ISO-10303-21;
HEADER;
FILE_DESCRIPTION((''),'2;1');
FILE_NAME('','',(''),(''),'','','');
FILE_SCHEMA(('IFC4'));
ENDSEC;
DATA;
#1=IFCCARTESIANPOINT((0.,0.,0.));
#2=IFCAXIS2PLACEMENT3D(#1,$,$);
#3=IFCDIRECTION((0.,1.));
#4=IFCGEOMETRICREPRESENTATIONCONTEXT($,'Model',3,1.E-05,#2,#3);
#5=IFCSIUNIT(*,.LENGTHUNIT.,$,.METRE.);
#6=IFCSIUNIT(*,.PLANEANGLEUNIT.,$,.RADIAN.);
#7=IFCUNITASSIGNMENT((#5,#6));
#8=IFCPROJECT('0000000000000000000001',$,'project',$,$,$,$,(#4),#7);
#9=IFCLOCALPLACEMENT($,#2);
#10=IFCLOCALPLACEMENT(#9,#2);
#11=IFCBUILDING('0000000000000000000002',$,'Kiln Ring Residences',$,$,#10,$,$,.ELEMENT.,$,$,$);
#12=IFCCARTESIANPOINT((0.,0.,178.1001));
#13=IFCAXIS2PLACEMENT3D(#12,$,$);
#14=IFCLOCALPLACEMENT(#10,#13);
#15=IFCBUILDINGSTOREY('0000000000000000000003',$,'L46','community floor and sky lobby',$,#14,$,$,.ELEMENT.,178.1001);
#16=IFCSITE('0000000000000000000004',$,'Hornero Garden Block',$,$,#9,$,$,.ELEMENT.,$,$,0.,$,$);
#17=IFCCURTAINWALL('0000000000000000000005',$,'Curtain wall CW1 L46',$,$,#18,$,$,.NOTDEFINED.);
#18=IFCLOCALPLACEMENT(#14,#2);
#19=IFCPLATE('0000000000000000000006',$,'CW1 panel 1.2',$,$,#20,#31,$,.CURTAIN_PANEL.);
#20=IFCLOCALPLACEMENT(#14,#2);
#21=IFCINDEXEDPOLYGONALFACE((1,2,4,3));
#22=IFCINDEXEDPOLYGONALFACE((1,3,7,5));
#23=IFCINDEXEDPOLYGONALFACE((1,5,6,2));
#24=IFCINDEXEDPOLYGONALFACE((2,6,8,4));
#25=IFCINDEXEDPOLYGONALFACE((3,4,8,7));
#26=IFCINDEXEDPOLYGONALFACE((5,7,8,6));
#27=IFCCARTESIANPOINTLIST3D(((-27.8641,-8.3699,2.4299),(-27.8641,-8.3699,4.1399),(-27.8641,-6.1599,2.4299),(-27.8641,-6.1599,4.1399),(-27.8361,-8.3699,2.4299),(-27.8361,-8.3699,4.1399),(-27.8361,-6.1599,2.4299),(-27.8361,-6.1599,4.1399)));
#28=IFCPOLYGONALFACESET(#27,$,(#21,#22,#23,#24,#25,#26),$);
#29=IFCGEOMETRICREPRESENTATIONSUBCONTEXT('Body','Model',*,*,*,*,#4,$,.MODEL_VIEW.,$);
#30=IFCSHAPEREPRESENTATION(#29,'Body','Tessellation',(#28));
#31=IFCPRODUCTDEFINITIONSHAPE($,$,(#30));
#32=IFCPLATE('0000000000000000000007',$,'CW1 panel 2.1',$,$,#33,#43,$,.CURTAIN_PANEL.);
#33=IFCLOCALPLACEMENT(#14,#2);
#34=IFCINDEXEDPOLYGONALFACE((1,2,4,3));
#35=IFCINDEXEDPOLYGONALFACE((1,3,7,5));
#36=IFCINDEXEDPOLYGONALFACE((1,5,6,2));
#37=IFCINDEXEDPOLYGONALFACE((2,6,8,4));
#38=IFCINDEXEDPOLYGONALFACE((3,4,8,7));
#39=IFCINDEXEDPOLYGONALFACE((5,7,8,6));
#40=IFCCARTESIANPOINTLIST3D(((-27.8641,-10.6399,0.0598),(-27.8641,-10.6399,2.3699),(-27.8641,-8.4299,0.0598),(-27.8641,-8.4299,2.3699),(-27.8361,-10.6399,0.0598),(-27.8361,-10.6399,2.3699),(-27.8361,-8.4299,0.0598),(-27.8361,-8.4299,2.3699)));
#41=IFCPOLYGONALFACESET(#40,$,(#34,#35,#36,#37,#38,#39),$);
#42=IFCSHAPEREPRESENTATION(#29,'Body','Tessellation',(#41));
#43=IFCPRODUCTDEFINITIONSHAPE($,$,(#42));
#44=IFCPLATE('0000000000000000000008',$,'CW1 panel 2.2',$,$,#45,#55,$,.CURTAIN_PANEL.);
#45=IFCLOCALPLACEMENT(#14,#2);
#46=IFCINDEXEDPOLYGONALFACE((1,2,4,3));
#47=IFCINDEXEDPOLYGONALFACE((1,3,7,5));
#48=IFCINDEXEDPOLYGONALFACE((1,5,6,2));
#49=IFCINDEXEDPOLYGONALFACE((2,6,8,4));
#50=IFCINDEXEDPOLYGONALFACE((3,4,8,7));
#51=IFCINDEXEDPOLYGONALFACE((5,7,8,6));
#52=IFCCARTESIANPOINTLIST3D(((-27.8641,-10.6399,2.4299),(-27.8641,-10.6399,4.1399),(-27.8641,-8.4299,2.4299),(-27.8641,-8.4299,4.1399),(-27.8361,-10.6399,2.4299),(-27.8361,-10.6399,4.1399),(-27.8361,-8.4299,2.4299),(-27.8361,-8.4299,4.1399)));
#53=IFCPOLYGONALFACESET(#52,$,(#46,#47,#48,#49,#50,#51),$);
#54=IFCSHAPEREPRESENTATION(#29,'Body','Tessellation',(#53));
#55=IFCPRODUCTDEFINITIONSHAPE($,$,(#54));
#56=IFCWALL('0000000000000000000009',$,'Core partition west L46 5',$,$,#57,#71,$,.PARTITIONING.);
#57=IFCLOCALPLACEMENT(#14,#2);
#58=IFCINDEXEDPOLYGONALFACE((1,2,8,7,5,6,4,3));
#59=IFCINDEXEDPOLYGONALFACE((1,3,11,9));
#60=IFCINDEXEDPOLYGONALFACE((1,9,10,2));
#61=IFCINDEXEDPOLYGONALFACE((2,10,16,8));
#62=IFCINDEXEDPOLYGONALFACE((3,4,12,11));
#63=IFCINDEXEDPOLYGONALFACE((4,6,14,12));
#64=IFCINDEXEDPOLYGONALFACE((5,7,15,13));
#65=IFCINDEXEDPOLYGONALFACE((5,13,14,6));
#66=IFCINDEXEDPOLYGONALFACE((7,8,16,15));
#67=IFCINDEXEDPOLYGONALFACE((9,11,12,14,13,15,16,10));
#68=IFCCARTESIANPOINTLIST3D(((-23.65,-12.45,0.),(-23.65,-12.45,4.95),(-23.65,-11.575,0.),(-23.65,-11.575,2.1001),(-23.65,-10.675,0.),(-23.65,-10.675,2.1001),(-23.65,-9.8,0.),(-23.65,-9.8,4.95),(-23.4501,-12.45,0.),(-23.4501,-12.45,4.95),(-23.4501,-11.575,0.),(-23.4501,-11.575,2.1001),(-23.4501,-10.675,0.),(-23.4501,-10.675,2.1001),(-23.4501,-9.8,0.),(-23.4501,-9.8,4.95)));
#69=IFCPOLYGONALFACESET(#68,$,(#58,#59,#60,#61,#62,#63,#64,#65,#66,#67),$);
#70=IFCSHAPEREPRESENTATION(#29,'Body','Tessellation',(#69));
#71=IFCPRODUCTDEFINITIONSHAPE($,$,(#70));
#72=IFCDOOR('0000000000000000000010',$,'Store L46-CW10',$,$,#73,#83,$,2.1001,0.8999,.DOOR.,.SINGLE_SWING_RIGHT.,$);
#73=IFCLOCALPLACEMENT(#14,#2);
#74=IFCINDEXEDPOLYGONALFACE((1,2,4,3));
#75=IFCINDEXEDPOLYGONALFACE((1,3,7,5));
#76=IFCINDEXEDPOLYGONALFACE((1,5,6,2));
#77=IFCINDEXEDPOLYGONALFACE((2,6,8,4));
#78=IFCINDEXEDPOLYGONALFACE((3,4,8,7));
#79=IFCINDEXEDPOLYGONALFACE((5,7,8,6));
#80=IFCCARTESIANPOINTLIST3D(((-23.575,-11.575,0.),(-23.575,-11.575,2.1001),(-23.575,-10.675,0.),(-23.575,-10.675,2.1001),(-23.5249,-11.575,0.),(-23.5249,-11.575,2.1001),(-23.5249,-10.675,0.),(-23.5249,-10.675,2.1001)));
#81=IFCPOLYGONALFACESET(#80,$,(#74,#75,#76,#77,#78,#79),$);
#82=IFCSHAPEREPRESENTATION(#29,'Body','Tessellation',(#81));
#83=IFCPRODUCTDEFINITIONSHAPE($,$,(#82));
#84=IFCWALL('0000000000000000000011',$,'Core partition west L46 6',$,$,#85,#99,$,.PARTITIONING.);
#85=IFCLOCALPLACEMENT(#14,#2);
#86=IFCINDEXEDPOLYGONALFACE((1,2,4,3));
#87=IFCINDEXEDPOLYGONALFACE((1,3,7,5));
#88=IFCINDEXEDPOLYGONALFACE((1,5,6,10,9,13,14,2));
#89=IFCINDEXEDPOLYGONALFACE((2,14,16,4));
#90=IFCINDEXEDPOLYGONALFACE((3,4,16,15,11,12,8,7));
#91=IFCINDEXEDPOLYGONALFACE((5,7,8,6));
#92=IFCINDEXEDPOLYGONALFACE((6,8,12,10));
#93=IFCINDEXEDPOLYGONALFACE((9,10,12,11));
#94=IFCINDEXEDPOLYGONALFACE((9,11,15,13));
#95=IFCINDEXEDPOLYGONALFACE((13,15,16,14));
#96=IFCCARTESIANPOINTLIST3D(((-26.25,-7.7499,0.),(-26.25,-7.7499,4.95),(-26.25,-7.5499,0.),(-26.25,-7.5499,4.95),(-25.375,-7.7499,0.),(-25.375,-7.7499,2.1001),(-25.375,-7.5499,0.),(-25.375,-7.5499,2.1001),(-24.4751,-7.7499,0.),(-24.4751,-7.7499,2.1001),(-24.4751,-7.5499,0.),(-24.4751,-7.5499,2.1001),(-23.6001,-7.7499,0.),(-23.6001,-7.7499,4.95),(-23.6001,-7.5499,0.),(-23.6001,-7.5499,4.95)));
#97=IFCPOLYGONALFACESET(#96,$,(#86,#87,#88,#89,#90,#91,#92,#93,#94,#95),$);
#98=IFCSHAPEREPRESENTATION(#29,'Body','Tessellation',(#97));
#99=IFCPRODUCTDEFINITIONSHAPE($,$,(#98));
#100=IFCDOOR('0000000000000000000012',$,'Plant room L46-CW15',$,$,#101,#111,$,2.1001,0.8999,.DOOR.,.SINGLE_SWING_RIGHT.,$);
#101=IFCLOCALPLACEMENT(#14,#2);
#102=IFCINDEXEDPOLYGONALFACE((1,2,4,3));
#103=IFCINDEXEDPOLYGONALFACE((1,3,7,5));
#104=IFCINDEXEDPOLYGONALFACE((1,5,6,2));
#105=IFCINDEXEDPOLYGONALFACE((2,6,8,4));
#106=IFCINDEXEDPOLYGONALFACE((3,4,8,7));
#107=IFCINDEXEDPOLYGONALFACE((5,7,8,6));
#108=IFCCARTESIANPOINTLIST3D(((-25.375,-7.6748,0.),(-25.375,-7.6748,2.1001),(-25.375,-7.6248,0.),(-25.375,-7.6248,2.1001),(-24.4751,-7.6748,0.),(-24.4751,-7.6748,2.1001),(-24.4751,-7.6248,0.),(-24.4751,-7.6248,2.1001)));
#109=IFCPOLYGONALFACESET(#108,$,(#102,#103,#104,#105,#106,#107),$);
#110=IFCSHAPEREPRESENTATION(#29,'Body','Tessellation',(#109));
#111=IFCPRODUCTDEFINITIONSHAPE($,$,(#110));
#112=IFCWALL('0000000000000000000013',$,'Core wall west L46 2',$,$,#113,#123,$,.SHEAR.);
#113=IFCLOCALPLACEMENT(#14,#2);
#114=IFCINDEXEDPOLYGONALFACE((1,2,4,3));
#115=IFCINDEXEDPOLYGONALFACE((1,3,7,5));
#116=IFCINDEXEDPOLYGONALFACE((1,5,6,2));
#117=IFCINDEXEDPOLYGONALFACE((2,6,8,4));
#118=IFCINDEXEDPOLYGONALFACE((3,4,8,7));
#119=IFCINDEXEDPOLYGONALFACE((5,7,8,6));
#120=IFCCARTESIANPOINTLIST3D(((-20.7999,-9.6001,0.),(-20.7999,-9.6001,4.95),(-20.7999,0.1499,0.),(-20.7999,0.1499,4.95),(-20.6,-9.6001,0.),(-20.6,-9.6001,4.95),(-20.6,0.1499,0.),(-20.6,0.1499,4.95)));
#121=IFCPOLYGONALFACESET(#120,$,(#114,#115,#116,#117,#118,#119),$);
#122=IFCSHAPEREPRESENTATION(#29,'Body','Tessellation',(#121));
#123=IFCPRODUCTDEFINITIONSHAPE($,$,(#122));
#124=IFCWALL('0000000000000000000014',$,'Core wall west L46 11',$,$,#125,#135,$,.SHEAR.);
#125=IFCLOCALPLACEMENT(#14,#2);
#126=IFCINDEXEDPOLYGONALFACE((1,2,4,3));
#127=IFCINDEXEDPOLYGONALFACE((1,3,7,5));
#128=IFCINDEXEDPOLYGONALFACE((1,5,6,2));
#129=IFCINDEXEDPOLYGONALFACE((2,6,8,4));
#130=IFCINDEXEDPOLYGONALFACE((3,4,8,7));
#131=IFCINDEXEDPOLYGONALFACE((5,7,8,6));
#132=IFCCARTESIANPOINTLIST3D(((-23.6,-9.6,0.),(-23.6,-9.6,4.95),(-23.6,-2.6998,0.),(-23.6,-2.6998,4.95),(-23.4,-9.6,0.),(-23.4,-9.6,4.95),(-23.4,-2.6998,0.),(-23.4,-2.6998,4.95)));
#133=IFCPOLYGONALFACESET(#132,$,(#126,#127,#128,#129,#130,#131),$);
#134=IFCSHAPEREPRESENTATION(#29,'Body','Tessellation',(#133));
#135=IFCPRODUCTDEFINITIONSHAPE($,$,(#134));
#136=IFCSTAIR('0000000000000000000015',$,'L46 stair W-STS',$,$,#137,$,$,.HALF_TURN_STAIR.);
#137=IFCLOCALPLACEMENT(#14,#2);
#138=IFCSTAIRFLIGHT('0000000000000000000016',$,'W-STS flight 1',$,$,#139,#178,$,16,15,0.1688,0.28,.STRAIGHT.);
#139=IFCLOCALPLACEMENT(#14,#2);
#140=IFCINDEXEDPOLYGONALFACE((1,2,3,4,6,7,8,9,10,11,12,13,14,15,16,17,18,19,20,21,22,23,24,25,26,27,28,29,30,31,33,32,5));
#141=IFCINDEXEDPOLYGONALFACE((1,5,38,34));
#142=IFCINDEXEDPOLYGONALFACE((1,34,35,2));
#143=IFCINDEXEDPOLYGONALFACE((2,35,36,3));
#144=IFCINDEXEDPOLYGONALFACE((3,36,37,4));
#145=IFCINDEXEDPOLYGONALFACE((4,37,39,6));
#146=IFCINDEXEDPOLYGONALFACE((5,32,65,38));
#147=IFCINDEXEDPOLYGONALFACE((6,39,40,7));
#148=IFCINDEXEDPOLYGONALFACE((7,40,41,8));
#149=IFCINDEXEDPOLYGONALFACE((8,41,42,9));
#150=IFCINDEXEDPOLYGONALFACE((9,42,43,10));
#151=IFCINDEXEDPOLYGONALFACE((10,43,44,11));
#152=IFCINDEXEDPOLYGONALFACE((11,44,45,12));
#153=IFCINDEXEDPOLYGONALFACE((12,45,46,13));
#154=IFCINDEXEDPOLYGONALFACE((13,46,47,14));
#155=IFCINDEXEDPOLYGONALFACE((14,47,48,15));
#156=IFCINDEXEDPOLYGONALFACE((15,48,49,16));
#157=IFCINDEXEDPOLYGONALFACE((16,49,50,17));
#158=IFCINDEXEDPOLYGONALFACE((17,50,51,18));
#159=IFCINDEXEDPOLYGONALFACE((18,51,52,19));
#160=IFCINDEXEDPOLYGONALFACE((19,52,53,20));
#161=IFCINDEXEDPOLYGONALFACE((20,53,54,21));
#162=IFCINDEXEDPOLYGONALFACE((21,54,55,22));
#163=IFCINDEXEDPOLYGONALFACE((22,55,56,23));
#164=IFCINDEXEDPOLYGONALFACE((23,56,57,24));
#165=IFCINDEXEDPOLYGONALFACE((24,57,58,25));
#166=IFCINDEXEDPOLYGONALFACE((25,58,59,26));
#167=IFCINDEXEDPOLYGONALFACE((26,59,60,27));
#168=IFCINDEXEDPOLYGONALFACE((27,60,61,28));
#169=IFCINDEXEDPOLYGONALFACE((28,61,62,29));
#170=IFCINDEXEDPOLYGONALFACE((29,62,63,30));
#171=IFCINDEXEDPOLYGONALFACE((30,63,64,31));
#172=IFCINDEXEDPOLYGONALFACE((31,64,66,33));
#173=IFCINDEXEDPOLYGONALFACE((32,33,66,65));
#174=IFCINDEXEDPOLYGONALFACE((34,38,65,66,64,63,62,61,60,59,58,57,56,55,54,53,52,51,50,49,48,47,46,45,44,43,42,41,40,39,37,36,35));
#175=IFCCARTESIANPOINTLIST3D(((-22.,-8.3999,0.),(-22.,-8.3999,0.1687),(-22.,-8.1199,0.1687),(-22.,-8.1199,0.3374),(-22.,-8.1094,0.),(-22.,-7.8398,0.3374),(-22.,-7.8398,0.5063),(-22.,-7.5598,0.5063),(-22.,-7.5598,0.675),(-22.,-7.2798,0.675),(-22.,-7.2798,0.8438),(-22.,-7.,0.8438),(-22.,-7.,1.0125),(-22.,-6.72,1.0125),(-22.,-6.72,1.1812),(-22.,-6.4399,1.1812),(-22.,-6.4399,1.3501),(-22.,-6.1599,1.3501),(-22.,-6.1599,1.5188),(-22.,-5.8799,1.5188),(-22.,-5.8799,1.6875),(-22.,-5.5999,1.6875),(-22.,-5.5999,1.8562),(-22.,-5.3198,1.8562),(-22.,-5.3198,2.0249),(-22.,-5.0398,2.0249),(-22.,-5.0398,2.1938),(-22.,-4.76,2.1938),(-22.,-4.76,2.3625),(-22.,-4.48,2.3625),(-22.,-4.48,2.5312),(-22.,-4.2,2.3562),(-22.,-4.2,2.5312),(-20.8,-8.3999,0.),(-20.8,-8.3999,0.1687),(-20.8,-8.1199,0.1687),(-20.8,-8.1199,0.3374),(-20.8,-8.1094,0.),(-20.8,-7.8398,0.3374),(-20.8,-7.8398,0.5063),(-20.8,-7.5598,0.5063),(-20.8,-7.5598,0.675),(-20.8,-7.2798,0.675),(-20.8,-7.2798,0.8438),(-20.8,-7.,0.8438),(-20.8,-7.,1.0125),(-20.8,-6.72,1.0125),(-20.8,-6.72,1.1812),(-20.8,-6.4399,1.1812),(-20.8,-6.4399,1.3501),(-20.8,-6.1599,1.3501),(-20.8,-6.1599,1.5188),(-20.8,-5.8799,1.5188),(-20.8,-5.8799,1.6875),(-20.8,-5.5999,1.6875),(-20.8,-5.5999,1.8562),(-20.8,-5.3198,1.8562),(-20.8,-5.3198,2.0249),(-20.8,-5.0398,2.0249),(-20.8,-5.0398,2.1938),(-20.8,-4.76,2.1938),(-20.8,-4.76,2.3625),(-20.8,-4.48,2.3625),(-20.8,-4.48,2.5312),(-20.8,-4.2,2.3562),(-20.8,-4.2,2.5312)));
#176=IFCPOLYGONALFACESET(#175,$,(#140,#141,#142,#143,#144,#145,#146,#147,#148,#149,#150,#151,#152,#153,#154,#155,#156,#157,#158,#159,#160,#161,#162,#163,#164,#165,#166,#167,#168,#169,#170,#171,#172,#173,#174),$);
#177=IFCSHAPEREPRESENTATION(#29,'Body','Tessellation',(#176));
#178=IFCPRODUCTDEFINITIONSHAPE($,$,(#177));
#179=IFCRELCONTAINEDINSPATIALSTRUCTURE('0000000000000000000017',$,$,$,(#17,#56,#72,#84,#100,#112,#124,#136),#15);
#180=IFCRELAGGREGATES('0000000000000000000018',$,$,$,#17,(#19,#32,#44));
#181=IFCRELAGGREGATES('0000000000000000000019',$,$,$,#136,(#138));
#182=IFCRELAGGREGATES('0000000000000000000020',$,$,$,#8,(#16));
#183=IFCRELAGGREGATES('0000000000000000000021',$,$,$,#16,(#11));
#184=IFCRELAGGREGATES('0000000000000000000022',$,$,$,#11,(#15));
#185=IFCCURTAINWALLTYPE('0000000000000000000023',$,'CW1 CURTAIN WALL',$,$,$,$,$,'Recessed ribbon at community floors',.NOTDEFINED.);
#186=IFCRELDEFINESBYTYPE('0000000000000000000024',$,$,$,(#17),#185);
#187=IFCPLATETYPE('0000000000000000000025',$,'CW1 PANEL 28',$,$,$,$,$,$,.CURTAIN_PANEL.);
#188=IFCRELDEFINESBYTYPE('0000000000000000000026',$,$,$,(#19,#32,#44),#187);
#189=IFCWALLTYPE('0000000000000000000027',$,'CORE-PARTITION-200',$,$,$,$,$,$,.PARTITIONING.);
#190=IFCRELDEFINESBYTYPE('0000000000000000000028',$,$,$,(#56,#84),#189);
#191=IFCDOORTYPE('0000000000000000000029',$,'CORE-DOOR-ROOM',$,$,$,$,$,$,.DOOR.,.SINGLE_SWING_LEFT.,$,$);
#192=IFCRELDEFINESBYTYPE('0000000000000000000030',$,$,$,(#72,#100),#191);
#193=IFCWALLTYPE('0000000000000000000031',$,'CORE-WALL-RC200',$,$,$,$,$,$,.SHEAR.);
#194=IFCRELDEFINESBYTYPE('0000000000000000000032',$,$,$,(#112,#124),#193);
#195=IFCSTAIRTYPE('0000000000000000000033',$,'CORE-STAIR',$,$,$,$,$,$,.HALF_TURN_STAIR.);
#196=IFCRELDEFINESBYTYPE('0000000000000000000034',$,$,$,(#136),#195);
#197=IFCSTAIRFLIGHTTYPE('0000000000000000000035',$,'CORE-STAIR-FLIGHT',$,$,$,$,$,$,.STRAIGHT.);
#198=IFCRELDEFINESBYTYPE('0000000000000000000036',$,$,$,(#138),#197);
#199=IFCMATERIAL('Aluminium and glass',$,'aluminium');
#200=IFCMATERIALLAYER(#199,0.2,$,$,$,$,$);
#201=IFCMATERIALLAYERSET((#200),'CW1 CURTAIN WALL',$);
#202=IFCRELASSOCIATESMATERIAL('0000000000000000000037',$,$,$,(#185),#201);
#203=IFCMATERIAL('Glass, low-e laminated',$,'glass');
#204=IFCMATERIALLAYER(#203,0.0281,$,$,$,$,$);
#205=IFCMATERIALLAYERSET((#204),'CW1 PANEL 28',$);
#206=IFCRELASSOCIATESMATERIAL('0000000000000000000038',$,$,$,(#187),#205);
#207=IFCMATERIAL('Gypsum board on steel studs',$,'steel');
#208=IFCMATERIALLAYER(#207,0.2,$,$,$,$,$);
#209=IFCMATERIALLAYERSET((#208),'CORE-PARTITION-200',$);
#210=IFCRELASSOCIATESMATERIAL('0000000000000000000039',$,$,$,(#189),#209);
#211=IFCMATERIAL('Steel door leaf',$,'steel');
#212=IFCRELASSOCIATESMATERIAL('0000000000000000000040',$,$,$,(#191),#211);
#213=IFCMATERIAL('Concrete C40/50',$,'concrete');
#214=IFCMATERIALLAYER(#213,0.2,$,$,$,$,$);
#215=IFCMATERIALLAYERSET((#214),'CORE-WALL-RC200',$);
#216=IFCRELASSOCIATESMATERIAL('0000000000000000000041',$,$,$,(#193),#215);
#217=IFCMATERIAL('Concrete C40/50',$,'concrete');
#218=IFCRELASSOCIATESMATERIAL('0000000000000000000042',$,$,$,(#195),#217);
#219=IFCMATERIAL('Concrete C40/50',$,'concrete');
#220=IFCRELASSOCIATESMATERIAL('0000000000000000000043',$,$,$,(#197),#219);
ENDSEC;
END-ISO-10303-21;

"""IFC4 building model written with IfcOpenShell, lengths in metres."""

from ifc_helpers import new_model, si_unit, direction, frame, frame_2d, origin, origin_2d, place, context, subcontext, project, spatial, polyline, rectangle, outline, extrude, material, layer, layer_set, type_object, element, fill, aggregate, save


model = new_model("IFC4")

# Units and contexts
model_context = context("Model", 3, precision=1e-05, world=origin(), true_north=direction((0.0, 1.0)))
body_context = subcontext(model_context, "Body", "Model", "MODEL_VIEW")
ifc_project = project(units=[si_unit("LENGTHUNIT", "METRE"), si_unit("PLANEANGLEUNIT", "RADIAN")], contexts=[model_context])

# Site, building, storey
site_placement = place(None, origin())
site = spatial("IfcSite", under=ifc_project, at=site_placement, Name="Hornero Garden Block", CompositionType="ELEMENT", RefElevation=0.0)
building_placement = place(site_placement, origin())
building = spatial("IfcBuilding", under=site, at=building_placement, Name="Kiln Ring Residences", CompositionType="ELEMENT")
storey_placement = place(building_placement, frame((0.0, 0.0, 178.1001)))
storey = spatial("IfcBuildingStorey", under=building, at=storey_placement, Name="L46", Description="community floor and sky lobby", CompositionType="ELEMENT", Elevation=178.1001)

# Curtain wall
ifc_material_1 = material(Name="Aluminium and glass", Category="aluminium")
ifc_layer_1 = layer(ifc_material_1, 0.2)
ifc_layer_set_1 = layer_set([ifc_layer_1], Name="CW1 CURTAIN WALL")
curtain_wall_type = type_object("IfcCurtainWallType", Name="CW1 CURTAIN WALL", ElementType="Recessed ribbon at community floors", PredefinedType="NOTDEFINED", material=ifc_layer_set_1)
placement = place(storey_placement, origin())
curtain_wall_1 = element("IfcCurtainWall", 1, at=placement, inside=storey, type_object=curtain_wall_type, Name="Curtain wall CW1 L46", PredefinedType="NOTDEFINED")

# Plates
ifc_material_2 = material(Name="Glass, low-e laminated", Category="glass")
ifc_layer_2 = layer(ifc_material_2, 0.0281)
ifc_layer_set_2 = layer_set([ifc_layer_2], Name="CW1 PANEL 28")
plate_type = type_object("IfcPlateType", Name="CW1 PANEL 28", PredefinedType="CURTAIN_PANEL", material=ifc_layer_set_2)
plate_1_placement = place(storey_placement, frame((-27.8501, -7.2649, 2.4299), z_axis=(0.0, 0.0, 1.0), x_axis=(0.0, -1.0, 0.0)))
plate_1 = element("IfcPlate", 2, at=plate_1_placement, type_object=plate_type, Name="CW1 panel 1.2", PredefinedType="CURTAIN_PANEL", context=body_context, shape_type="SweptSolid", body=[
    extrude(rectangle(XDim=2.21, YDim=0.0281, at=origin_2d()), origin(), (0.0, 0.0, 1.0), 1.71),
])
plate_2_placement = place(storey_placement, frame((-27.8501, -9.5349, 0.0598), z_axis=(0.0, 0.0, 1.0), x_axis=(0.0, -1.0, 0.0)))
plate_2 = element("IfcPlate", 3, at=plate_2_placement, type_object=plate_type, Name="CW1 panel 2.1", PredefinedType="CURTAIN_PANEL", context=body_context, shape_type="SweptSolid", body=[
    extrude(rectangle(XDim=2.21, YDim=0.0281, at=origin_2d()), origin(), (0.0, 0.0, 1.0), 2.3101),
])
plate_3_placement = place(storey_placement, frame((-27.8501, -9.5349, 2.4299), z_axis=(0.0, 0.0, 1.0), x_axis=(0.0, -1.0, 0.0)))
plate_3 = element("IfcPlate", 4, at=plate_3_placement, type_object=plate_type, Name="CW1 panel 2.2", PredefinedType="CURTAIN_PANEL", context=body_context, shape_type="SweptSolid", body=[
    extrude(rectangle(XDim=2.21, YDim=0.0281, at=origin_2d()), origin(), (0.0, 0.0, 1.0), 1.71),
])
aggregate(curtain_wall_1, [plate_1, plate_2, plate_3])

# Walls, openings, doors
ifc_material_3 = material(Name="Gypsum board on steel studs", Category="steel")
ifc_layer_3 = layer(ifc_material_3, 0.2)
ifc_layer_set_3 = layer_set([ifc_layer_3], Name="CORE-PARTITION-200")
wall_type_1 = type_object("IfcWallType", Name="CORE-PARTITION-200", PredefinedType="PARTITIONING", material=ifc_layer_set_3)
wall_1_placement = place(storey_placement, frame((-23.55, -12.45, 0.0), z_axis=(0.0, 0.0, 1.0), x_axis=(0.0, 1.0, 0.0)))
wall_1 = element("IfcWall", 5, at=wall_1_placement, inside=storey, type_object=wall_type_1, Name="Core partition west L46 5", PredefinedType="PARTITIONING", context=body_context, shape_type="SweptSolid", body=[
    extrude(rectangle(XDim=2.6499, YDim=0.2, at=frame_2d((1.325, 0.0))), origin(), (0.0, 0.0, 1.0), 4.95),
])
opening_1_placement = place(wall_1_placement, frame((0.875, 0.0, 0.0)))
opening_1 = element("IfcOpeningElement", 6, at=opening_1_placement, cuts=wall_1, PredefinedType="OPENING", context=body_context, shape_type="SweptSolid", body=[
    extrude(rectangle(XDim=0.8999, YDim=2.1001, at=frame_2d((0.45, 1.05))), frame((0.0, 0.1099, 0.0), z_axis=(0.0, -1.0, 0.0), x_axis=(1.0, 0.0, 0.0)), (0.0, 0.0, 1.0), 0.22),
])
ifc_material_4 = material(Name="Steel door leaf", Category="steel")
door_type = type_object("IfcDoorType", Name="CORE-DOOR-ROOM", OperationType="SINGLE_SWING_LEFT", PredefinedType="DOOR", material=ifc_material_4)
door_1_placement = place(opening_1_placement, origin())
door_1 = element("IfcDoor", 7, at=door_1_placement, inside=storey, type_object=door_type, Name="Store L46-CW10", OperationType="SINGLE_SWING_RIGHT", OverallHeight=2.1001, OverallWidth=0.8999, PredefinedType="DOOR", context=body_context, shape_type="SweptSolid", body=[
    extrude(rectangle(XDim=0.8999, YDim=2.1001, at=frame_2d((0.45, 1.05))), frame((0.0, 0.0249, 0.0), z_axis=(0.0, -1.0, 0.0), x_axis=(1.0, 0.0, 0.0)), (0.0, 0.0, 1.0), 0.05),
])
fill(opening_1, door_1)
wall_2_placement = place(storey_placement, frame((-23.6001, -7.6499, 0.0), z_axis=(0.0, 0.0, 1.0), x_axis=(-1.0, 0.0, 0.0)))
wall_2 = element("IfcWall", 8, at=wall_2_placement, inside=storey, type_object=wall_type_1, Name="Core partition west L46 6", PredefinedType="PARTITIONING", context=body_context, shape_type="SweptSolid", body=[
    extrude(rectangle(XDim=2.6499, YDim=0.2, at=frame_2d((1.325, 0.0))), origin(), (0.0, 0.0, 1.0), 4.95),
])
opening_2_placement = place(wall_2_placement, frame((0.875, 0.0, 0.0)))
opening_2 = element("IfcOpeningElement", 9, at=opening_2_placement, cuts=wall_2, PredefinedType="OPENING", context=body_context, shape_type="SweptSolid", body=[
    extrude(rectangle(XDim=0.8999, YDim=2.1001, at=frame_2d((0.45, 1.05))), frame((0.0, 0.1099, 0.0), z_axis=(0.0, -1.0, 0.0), x_axis=(1.0, 0.0, 0.0)), (0.0, 0.0, 1.0), 0.22),
])
door_2_placement = place(opening_2_placement, origin())
door_2 = element("IfcDoor", 10, at=door_2_placement, inside=storey, type_object=door_type, Name="Plant room L46-CW15", OperationType="SINGLE_SWING_RIGHT", OverallHeight=2.1001, OverallWidth=0.8999, PredefinedType="DOOR", context=body_context, shape_type="SweptSolid", body=[
    extrude(rectangle(XDim=0.8999, YDim=2.1001, at=frame_2d((0.45, 1.05))), frame((0.0, 0.0249, 0.0), z_axis=(0.0, -1.0, 0.0), x_axis=(1.0, 0.0, 0.0)), (0.0, 0.0, 1.0), 0.05),
])
fill(opening_2, door_2)

# Walls
ifc_material_5 = material(Name="Concrete C40/50", Category="concrete")
ifc_layer_4 = layer(ifc_material_5, 0.2)
ifc_layer_set_4 = layer_set([ifc_layer_4], Name="CORE-WALL-RC200")
wall_type_2 = type_object("IfcWallType", Name="CORE-WALL-RC200", PredefinedType="SHEAR", material=ifc_layer_set_4)
wall_3_placement = place(storey_placement, frame((-20.7, -9.6001, 0.0), z_axis=(0.0, 0.0, 1.0), x_axis=(0.0, 1.0, 0.0)))
element("IfcWall", 11, at=wall_3_placement, inside=storey, type_object=wall_type_2, Name="Core wall west L46 2", PredefinedType="SHEAR", context=body_context, shape_type="SweptSolid", body=[
    extrude(rectangle(XDim=9.75, YDim=0.2, at=frame_2d((4.875, 0.0))), origin(), (0.0, 0.0, 1.0), 4.95),
])
wall_4_placement = place(storey_placement, frame((-23.5, -9.6001, 0.0), z_axis=(0.0, 0.0, 1.0), x_axis=(0.0, 1.0, 0.0)))
element("IfcWall", 12, at=wall_4_placement, inside=storey, type_object=wall_type_2, Name="Core wall west L46 11", PredefinedType="SHEAR", context=body_context, shape_type="SweptSolid", body=[
    extrude(rectangle(XDim=6.9001, YDim=0.2, at=frame_2d((3.4502, 0.0))), origin(), (0.0, 0.0, 1.0), 4.95),
])

# Stair, stair flight
ifc_material_6 = material(Name="Concrete C40/50", Category="concrete")
stair_type = type_object("IfcStairType", Name="CORE-STAIR", PredefinedType="HALF_TURN_STAIR", material=ifc_material_6)
stair = element("IfcStair", 13, at=placement, inside=storey, type_object=stair_type, Name="L46 stair W-STS", PredefinedType="HALF_TURN_STAIR")
ifc_material_7 = material(Name="Concrete C40/50", Category="concrete")
stair_flight_type = type_object("IfcStairFlightType", Name="CORE-STAIR-FLIGHT", PredefinedType="STRAIGHT", material=ifc_material_7)
stair_flight_placement = place(storey_placement, frame((-21.3999, -8.3999, 0.0), z_axis=(0.0, 0.0, 1.0), x_axis=(0.0, 1.0, 0.0)))
stair_flight = element("IfcStairFlight", 14, at=stair_flight_placement, type_object=stair_flight_type, Name="W-STS flight 1", NumberOfRisers=16, NumberOfTreads=15, PredefinedType="STRAIGHT", RiserHeight=0.1688, TreadLength=0.28, context=body_context, shape_type="SweptSolid", body=[
    extrude(outline(polyline([(0.0, 0.0), (0.0, 0.1687), (0.28, 0.1687), (0.28, 0.3374), (0.5601, 0.3374), (0.5601, 0.5063), (0.8401, 0.5063), (0.8401, 0.675), (1.1201, 0.675), (1.1201, 0.8438), (1.3999, 0.8438), (1.3999, 1.0125), (1.6799, 1.0125), (1.6799, 1.1812), (1.96, 1.1812), (1.96, 1.3501), (2.24, 1.3501), (2.24, 1.5188), (2.52, 1.5188), (2.52, 1.6875), (2.8, 1.6875), (2.8, 1.8562), (3.0801, 1.8562), (3.0801, 2.0249), (3.3601, 2.0249), (3.3601, 2.1938), (3.6399, 2.1938), (3.6399, 2.3625), (3.9199, 2.3625), (3.9199, 2.5312), (4.2, 2.5312), (4.2, 2.7), (4.2, 2.3562), (0.2905, 0.0), (0.0, 0.0)])), frame((0.0, 0.6001, 0.0), z_axis=(0.0, -1.0, 0.0), x_axis=(1.0, 0.0, 0.0)), (0.0, 0.0, 1.0), 1.2),
])
aggregate(stair, [stair_flight])

save(model, "model.ifc")
